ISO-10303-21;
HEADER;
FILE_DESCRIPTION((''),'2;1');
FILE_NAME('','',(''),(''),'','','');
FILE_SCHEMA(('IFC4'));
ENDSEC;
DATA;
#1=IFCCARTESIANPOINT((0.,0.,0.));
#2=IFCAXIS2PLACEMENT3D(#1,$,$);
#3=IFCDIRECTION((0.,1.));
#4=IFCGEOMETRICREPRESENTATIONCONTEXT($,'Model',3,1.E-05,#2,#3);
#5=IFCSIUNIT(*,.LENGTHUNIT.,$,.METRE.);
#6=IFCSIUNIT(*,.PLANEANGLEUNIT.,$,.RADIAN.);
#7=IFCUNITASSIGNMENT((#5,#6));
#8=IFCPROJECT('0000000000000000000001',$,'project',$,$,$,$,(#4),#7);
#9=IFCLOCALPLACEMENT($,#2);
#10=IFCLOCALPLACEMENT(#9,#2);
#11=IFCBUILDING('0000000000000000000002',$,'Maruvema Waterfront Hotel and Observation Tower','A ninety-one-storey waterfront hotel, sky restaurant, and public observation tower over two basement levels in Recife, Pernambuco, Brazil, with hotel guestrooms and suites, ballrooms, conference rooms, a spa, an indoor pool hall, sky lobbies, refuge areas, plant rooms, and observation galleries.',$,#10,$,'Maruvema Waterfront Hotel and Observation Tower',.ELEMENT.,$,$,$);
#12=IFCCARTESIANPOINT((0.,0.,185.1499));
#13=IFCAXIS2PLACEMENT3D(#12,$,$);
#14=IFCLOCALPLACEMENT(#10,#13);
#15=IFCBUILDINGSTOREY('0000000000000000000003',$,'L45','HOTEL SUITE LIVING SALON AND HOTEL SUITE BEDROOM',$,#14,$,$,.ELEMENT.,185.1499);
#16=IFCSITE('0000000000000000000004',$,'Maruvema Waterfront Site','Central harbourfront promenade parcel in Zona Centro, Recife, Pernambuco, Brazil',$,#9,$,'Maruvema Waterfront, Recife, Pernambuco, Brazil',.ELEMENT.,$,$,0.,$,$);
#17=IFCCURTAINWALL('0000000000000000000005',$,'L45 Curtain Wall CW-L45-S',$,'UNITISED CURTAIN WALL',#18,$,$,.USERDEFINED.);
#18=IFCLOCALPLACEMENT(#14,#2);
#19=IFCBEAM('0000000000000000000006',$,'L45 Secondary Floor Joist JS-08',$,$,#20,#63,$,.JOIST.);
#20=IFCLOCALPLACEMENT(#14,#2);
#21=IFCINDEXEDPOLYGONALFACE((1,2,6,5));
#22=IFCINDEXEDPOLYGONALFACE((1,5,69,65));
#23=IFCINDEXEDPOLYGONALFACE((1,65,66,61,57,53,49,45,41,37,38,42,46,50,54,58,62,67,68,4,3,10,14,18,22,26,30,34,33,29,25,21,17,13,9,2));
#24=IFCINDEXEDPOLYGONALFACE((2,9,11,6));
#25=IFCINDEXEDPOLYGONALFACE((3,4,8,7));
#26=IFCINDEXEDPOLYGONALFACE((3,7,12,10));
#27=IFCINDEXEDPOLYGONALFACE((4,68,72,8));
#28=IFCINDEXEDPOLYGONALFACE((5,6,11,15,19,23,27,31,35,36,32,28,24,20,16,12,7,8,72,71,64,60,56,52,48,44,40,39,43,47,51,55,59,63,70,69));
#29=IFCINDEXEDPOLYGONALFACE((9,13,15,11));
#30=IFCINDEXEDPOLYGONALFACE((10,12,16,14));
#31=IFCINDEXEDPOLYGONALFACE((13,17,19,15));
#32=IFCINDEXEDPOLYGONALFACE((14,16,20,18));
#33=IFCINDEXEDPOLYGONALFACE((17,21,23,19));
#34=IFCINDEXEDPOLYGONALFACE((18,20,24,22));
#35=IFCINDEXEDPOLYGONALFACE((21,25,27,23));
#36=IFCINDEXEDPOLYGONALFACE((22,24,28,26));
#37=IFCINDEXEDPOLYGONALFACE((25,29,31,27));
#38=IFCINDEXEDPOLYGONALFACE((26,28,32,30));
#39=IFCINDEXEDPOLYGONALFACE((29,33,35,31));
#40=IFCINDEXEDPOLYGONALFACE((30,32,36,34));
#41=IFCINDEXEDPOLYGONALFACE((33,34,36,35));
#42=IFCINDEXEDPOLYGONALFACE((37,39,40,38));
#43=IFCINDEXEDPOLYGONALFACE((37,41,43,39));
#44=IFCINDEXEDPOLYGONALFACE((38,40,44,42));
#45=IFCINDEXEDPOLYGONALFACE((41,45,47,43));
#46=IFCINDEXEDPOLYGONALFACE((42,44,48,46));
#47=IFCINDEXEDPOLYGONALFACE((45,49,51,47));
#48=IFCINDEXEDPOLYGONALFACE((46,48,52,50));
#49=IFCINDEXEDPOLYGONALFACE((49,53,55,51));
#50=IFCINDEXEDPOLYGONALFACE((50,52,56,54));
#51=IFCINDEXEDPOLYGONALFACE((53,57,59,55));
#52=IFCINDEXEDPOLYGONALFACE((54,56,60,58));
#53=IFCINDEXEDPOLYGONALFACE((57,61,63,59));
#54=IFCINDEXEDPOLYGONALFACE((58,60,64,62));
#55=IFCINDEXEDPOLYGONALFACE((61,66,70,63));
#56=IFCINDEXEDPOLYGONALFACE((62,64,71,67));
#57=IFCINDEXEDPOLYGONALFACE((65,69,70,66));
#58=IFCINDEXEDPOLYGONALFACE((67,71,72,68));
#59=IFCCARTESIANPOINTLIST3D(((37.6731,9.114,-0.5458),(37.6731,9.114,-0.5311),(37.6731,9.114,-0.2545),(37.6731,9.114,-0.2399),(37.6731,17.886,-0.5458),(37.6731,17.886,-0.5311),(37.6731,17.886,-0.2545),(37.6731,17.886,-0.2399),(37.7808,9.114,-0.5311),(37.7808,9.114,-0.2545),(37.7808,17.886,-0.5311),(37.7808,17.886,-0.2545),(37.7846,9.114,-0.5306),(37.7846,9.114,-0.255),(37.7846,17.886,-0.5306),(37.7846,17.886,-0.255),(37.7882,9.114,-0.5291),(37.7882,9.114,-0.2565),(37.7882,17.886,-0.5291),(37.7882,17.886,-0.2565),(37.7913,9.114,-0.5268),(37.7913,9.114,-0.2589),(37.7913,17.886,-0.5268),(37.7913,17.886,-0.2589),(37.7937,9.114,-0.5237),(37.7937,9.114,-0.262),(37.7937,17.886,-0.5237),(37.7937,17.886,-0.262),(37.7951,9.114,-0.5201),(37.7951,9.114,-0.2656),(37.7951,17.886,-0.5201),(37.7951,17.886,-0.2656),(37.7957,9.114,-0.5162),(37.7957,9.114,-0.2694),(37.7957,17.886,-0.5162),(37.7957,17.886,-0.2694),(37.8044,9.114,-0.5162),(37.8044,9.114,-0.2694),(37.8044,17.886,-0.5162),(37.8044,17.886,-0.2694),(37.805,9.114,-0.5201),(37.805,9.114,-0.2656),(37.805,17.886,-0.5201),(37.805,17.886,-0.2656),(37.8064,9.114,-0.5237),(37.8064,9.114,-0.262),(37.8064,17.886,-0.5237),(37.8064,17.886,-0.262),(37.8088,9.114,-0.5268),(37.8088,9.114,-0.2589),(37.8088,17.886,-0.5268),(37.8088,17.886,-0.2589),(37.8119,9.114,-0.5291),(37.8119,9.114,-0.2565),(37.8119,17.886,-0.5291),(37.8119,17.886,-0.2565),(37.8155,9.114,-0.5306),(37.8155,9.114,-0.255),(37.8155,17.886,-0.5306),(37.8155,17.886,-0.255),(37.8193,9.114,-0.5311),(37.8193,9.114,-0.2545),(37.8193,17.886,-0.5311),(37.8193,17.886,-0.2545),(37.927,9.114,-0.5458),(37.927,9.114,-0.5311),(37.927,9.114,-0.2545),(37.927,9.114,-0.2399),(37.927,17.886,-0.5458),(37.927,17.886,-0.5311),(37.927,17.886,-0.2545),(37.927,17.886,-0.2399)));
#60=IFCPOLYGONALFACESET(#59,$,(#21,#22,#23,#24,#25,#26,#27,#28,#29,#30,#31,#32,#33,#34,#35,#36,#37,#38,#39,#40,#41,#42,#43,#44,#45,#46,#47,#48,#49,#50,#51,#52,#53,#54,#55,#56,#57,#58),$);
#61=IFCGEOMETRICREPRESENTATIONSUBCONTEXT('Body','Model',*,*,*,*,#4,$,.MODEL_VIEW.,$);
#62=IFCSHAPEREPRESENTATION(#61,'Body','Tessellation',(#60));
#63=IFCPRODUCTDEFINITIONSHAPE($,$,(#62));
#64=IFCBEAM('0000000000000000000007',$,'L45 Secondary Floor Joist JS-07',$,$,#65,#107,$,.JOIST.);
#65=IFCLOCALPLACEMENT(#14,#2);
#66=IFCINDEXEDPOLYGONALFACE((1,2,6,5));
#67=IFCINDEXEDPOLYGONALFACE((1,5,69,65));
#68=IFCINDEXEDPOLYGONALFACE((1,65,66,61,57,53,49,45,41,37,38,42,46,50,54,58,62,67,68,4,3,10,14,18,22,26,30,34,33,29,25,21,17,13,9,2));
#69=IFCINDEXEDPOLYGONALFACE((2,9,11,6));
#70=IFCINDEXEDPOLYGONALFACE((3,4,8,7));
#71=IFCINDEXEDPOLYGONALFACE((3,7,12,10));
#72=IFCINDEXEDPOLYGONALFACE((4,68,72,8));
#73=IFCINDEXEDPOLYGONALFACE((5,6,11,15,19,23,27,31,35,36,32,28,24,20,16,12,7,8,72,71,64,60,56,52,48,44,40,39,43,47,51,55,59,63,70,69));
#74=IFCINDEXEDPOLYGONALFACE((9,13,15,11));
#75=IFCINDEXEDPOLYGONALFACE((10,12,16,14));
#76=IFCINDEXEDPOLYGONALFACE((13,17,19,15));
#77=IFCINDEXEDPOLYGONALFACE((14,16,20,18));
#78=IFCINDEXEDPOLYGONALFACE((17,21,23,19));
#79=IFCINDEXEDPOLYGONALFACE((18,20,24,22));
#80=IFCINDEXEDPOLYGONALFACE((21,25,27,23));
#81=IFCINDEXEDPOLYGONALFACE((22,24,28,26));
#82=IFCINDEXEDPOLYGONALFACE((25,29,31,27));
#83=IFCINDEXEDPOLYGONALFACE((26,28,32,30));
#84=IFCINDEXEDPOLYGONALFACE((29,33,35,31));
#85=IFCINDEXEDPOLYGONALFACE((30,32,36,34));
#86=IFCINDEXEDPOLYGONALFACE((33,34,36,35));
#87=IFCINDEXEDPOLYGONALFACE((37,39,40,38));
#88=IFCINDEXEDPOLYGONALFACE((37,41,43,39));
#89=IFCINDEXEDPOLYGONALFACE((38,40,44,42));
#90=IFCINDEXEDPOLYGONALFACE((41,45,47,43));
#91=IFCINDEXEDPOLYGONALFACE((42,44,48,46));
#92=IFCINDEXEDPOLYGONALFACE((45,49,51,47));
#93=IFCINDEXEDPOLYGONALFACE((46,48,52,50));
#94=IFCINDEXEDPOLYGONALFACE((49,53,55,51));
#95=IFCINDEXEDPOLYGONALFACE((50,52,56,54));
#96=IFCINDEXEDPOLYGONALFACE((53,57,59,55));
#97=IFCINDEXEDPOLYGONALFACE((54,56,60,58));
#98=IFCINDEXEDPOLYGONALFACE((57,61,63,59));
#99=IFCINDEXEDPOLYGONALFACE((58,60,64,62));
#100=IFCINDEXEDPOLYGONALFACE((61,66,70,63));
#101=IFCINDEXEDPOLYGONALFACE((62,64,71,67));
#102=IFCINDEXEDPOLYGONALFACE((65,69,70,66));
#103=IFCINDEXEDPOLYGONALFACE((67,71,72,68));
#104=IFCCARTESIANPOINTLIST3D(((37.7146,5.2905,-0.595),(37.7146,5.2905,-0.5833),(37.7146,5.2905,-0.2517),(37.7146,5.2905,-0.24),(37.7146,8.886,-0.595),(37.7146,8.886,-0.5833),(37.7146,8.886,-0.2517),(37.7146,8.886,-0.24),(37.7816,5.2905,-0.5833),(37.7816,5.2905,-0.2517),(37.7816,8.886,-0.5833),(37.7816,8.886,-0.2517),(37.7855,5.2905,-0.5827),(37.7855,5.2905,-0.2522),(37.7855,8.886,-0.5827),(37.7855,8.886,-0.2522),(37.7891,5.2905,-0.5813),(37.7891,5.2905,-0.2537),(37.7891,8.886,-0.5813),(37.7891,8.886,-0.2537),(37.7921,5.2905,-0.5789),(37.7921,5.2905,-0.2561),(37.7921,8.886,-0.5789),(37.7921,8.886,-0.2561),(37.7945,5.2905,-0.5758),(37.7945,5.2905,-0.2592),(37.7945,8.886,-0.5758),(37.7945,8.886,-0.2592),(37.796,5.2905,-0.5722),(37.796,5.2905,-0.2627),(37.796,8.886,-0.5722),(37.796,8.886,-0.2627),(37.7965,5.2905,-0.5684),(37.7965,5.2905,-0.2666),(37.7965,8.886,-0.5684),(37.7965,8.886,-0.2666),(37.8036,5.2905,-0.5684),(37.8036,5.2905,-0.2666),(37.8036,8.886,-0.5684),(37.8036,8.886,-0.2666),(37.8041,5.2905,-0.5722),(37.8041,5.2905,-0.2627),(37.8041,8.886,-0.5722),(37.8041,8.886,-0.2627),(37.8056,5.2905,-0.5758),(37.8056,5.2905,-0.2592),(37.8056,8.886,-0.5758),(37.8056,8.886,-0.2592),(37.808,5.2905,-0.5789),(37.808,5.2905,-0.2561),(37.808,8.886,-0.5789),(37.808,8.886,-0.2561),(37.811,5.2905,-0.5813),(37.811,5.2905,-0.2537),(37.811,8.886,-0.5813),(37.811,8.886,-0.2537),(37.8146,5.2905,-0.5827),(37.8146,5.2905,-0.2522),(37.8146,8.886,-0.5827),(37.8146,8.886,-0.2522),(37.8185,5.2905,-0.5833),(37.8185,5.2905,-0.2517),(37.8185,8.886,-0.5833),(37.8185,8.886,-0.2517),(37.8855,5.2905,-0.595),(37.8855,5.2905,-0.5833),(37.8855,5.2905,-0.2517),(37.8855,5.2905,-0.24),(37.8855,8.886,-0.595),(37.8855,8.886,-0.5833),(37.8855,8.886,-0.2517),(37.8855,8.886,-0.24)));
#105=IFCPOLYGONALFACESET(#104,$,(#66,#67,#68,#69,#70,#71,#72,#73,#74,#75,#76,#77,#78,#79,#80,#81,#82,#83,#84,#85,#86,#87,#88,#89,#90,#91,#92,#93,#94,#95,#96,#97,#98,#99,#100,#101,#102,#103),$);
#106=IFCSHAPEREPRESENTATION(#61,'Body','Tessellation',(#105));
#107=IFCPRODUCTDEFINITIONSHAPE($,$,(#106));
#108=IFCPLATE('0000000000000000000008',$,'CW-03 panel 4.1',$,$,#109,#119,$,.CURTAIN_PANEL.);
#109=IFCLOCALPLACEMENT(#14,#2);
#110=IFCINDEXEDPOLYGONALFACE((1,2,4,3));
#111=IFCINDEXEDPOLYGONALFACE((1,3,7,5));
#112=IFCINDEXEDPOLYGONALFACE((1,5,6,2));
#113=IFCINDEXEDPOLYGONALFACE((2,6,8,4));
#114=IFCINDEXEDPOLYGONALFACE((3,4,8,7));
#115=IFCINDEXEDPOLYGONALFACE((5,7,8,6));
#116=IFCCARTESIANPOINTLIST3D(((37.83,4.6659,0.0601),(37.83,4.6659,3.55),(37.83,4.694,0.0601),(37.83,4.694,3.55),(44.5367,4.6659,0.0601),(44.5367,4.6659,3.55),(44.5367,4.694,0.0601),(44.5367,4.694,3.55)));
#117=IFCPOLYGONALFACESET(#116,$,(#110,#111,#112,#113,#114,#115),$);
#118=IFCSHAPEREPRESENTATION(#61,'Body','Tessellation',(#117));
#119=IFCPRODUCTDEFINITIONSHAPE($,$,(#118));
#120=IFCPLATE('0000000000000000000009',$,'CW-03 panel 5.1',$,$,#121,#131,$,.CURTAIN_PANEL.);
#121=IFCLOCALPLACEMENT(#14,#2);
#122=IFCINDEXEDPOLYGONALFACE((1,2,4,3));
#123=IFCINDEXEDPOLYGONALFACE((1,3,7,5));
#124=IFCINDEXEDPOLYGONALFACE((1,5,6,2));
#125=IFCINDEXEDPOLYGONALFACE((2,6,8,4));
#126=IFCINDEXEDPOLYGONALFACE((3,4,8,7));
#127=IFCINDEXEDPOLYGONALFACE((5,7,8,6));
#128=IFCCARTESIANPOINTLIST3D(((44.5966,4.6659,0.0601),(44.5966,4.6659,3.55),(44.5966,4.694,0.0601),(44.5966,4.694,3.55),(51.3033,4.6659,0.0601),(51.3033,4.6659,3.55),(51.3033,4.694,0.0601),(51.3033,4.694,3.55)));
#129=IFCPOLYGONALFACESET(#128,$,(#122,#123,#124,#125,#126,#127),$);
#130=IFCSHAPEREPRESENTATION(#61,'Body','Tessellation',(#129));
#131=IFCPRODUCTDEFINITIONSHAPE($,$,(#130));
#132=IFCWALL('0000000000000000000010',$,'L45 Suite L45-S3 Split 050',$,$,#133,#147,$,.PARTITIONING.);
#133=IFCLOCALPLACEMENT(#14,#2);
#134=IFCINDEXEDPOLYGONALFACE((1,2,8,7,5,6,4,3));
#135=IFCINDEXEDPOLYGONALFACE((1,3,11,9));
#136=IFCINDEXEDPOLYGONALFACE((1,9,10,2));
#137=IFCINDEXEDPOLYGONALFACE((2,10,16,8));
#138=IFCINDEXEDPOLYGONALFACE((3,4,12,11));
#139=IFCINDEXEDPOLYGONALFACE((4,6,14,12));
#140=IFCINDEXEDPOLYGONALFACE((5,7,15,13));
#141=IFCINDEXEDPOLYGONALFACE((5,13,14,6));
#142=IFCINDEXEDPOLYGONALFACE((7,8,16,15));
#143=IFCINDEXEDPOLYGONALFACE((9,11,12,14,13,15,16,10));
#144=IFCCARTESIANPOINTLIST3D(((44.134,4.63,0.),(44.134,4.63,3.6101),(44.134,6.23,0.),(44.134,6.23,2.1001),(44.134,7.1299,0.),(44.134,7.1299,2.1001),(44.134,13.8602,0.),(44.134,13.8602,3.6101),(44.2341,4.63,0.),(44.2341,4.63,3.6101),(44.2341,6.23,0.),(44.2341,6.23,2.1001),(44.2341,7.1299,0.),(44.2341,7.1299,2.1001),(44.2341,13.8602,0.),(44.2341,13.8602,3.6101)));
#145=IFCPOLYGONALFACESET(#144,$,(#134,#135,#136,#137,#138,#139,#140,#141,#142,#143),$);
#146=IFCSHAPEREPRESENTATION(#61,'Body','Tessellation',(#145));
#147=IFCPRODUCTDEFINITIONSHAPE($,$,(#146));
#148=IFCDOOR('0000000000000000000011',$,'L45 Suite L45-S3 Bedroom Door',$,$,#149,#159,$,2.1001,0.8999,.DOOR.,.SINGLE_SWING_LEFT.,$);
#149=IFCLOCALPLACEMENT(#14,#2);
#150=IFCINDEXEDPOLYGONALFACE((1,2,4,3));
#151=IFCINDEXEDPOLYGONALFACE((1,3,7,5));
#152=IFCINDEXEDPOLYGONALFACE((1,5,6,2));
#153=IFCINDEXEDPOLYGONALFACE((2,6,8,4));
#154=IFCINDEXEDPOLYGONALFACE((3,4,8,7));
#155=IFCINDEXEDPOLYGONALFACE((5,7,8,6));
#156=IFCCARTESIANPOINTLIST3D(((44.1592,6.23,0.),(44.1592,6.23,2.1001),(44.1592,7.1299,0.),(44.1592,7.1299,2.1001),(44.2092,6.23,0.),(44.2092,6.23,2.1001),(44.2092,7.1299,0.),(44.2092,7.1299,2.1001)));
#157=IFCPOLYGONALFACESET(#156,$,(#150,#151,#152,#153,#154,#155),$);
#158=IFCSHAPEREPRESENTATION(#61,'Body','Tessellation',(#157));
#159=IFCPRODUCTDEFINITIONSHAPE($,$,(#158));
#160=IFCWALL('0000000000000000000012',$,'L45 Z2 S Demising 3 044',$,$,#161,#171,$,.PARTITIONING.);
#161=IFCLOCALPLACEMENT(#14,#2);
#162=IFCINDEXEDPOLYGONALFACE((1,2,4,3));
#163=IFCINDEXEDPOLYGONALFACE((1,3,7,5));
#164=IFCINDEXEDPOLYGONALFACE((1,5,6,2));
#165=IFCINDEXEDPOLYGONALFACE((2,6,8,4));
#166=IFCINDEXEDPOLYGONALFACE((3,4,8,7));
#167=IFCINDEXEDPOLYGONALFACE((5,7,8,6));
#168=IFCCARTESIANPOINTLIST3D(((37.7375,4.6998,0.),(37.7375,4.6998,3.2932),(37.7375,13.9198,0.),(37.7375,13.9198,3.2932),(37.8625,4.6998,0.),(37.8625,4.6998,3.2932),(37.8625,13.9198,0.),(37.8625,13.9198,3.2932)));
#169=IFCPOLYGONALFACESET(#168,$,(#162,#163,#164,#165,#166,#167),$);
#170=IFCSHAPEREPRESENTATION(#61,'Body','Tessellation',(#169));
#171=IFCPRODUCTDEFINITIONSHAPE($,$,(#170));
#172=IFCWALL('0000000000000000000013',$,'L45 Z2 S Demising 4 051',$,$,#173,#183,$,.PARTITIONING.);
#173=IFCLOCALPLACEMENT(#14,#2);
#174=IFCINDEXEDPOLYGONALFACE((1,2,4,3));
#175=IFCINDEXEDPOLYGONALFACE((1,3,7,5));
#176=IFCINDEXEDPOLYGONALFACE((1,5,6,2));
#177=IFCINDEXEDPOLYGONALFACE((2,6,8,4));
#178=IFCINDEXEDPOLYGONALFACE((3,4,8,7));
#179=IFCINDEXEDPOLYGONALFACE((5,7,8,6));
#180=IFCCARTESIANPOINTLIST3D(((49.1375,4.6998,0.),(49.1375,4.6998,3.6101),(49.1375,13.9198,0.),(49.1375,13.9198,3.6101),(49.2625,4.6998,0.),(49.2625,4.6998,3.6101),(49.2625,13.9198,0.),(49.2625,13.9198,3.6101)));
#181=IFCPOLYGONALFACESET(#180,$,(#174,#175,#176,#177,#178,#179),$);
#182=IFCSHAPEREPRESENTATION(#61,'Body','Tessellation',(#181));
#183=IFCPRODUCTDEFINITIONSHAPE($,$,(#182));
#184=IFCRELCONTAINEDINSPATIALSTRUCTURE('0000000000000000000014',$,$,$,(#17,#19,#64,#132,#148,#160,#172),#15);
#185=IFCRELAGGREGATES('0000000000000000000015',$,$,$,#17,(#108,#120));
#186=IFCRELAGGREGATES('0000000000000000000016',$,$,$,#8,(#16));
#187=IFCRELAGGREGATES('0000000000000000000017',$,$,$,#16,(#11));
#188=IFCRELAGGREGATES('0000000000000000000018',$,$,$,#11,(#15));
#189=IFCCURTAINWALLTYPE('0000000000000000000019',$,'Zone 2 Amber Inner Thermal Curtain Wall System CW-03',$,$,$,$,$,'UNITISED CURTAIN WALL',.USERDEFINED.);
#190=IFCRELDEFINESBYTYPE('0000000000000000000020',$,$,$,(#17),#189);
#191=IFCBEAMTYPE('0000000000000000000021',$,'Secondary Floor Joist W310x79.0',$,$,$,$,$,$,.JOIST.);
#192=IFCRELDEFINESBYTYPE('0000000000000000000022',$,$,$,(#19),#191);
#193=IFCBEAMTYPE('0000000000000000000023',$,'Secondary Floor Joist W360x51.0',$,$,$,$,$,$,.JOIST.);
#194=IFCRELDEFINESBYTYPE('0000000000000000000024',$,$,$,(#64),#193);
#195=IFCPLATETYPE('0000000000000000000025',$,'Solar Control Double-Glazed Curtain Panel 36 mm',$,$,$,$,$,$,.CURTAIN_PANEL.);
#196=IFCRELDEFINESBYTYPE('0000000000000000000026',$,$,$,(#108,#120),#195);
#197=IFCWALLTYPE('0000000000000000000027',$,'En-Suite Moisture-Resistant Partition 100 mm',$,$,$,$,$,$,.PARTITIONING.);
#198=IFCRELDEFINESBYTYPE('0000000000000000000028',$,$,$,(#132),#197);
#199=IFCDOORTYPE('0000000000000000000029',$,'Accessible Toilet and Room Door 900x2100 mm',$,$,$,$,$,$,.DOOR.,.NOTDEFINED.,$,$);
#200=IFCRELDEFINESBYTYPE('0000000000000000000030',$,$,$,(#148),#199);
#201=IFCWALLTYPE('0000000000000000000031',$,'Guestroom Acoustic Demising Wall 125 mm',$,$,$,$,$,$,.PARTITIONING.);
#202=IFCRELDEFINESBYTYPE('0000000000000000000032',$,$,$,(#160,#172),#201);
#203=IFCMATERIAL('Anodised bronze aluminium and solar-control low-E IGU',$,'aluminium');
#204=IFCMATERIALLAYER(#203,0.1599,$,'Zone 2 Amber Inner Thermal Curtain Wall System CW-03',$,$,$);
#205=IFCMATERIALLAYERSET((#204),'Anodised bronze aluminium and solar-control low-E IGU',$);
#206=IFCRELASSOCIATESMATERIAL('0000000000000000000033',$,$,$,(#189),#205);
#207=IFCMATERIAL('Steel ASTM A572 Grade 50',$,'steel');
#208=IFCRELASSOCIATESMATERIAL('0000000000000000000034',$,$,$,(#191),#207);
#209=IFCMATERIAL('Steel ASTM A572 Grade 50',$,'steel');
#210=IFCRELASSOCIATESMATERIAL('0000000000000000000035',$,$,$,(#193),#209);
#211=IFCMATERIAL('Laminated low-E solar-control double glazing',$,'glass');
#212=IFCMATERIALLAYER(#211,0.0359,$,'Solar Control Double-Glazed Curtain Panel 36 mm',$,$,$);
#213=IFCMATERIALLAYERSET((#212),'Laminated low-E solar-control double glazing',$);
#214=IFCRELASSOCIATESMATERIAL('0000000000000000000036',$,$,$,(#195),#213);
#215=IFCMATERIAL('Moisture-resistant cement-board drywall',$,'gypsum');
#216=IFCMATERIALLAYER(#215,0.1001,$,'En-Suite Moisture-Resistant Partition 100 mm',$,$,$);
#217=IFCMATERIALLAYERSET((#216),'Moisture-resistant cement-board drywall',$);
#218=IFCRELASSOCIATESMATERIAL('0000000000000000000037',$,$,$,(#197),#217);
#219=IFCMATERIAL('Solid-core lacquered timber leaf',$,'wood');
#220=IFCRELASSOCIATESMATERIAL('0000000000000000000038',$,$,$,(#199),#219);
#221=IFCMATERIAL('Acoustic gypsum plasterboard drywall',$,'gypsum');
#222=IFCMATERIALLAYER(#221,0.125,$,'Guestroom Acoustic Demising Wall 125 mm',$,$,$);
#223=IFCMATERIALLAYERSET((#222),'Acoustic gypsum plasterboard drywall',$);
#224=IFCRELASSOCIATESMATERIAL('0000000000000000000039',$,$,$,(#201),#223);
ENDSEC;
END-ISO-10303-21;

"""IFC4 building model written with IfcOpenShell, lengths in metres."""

from ifc_helpers import new_model, si_unit, direction, frame, frame_2d, origin, origin_2d, place, context, subcontext, project, spatial, rectangle, i_section, extrude, material, layer, layer_set, material_profile, profile_set, type_object, element, fill, aggregate, save


model = new_model("IFC4")

# Units and contexts
model_context = context("Model", 3, precision=1e-05, world=origin(), true_north=direction((0.0, 1.0)))
body_context = subcontext(model_context, "Body", "Model", "MODEL_VIEW")
ifc_project = project(units=[si_unit("LENGTHUNIT", "METRE"), si_unit("PLANEANGLEUNIT", "RADIAN")], contexts=[model_context])

# Site, building, storey
site_placement = place(None, origin())
site = spatial("IfcSite", under=ifc_project, at=site_placement, Name="Maruvema Waterfront Site", Description="Central harbourfront promenade parcel in Zona Centro, Recife, Pernambuco, Brazil", LongName="Maruvema Waterfront, Recife, Pernambuco, Brazil", CompositionType="ELEMENT", RefElevation=0.0)
building_placement = place(site_placement, origin())
building = spatial("IfcBuilding", under=site, at=building_placement, Name="Maruvema Waterfront Hotel and Observation Tower", Description="A ninety-one-storey waterfront hotel, sky restaurant, and public observation tower over two basement levels in Recife, Pernambuco, Brazil, with hotel guestrooms and suites, ballrooms, conference rooms, a spa, an indoor pool hall, sky lobbies, refuge areas, plant rooms, and observation galleries.", LongName="Maruvema Waterfront Hotel and Observation Tower", CompositionType="ELEMENT")
storey_placement = place(building_placement, frame((0.0, 0.0, 185.1499)))
storey = spatial("IfcBuildingStorey", under=building, at=storey_placement, Name="L45", Description="HOTEL SUITE LIVING SALON AND HOTEL SUITE BEDROOM", CompositionType="ELEMENT", Elevation=185.1499)

# Curtain wall
ifc_material_1 = material(Name="Anodised bronze aluminium and solar-control low-E IGU", Category="aluminium")
ifc_layer_1 = layer(ifc_material_1, 0.1599, Name="Zone 2 Amber Inner Thermal Curtain Wall System CW-03")
ifc_layer_set_1 = layer_set([ifc_layer_1], Name="Anodised bronze aluminium and solar-control low-E IGU")
curtain_wall_type = type_object("IfcCurtainWallType", Name="Zone 2 Amber Inner Thermal Curtain Wall System CW-03", ElementType="UNITISED CURTAIN WALL", PredefinedType="USERDEFINED", material=ifc_layer_set_1)
curtain_wall_placement = place(storey_placement, origin())
curtain_wall = element("IfcCurtainWall", 1, at=curtain_wall_placement, inside=storey, type_object=curtain_wall_type, Name="L45 Curtain Wall CW-L45-S", ObjectType="UNITISED CURTAIN WALL", PredefinedType="USERDEFINED")

# Beams
ifc_material_2 = material(Name="Steel ASTM A572 Grade 50", Category="steel")
ifc_material_profile_1 = material_profile(ifc_material_2, i_section(OverallWidth=0.2539, OverallDepth=0.3059, WebThickness=0.0088, FlangeThickness=0.0146, FilletRadius=0.0149, at=origin_2d()), Name="W310x79.0")
ifc_profile_set_1 = profile_set([ifc_material_profile_1], Name="Steel ASTM A572 Grade 50")
beam_type_1 = type_object("IfcBeamType", Name="Secondary Floor Joist W310x79.0", PredefinedType="JOIST", material=ifc_profile_set_1)
beam_1_placement = place(storey_placement, frame((37.8, 9.114, -0.3928), z_axis=(0.0, 1.0, 0.0), x_axis=(-1.0, 0.0, 0.0)))
element("IfcBeam", 2, at=beam_1_placement, inside=storey, type_object=beam_type_1, Name="L45 Secondary Floor Joist JS-08", PredefinedType="JOIST", context=body_context, shape_type="SweptSolid", body=[
    extrude(i_section(OverallWidth=0.2539, OverallDepth=0.3059, WebThickness=0.0088, FlangeThickness=0.0146, FilletRadius=0.0149, at=origin_2d()), origin(), (0.0, 0.0, 1.0), 8.772),
])
ifc_material_3 = material(Name="Steel ASTM A572 Grade 50", Category="steel")
ifc_material_profile_2 = material_profile(ifc_material_3, i_section(OverallWidth=0.1709, OverallDepth=0.355, WebThickness=0.0071, FlangeThickness=0.0117, FilletRadius=0.0149, at=origin_2d()), Name="W360x51.0")
ifc_profile_set_2 = profile_set([ifc_material_profile_2], Name="Steel ASTM A572 Grade 50")
beam_type_2 = type_object("IfcBeamType", Name="Secondary Floor Joist W360x51.0", PredefinedType="JOIST", material=ifc_profile_set_2)
beam_2_placement = place(storey_placement, frame((37.8, 5.2905, -0.4175), z_axis=(0.0, 1.0, 0.0), x_axis=(-1.0, 0.0, 0.0)))
element("IfcBeam", 3, at=beam_2_placement, inside=storey, type_object=beam_type_2, Name="L45 Secondary Floor Joist JS-07", PredefinedType="JOIST", context=body_context, shape_type="SweptSolid", body=[
    extrude(i_section(OverallWidth=0.1709, OverallDepth=0.355, WebThickness=0.0071, FlangeThickness=0.0117, FilletRadius=0.0149, at=origin_2d()), origin(), (0.0, 0.0, 1.0), 3.5955),
])

# Plates
ifc_material_4 = material(Name="Laminated low-E solar-control double glazing", Category="glass")
ifc_layer_2 = layer(ifc_material_4, 0.0359, Name="Solar Control Double-Glazed Curtain Panel 36 mm")
ifc_layer_set_2 = layer_set([ifc_layer_2], Name="Laminated low-E solar-control double glazing")
plate_type = type_object("IfcPlateType", Name="Solar Control Double-Glazed Curtain Panel 36 mm", PredefinedType="CURTAIN_PANEL", material=ifc_layer_set_2)
plate_1_placement = place(storey_placement, frame((41.1833, 4.6799, 0.0601), z_axis=(0.0, 0.0, 1.0), x_axis=(1.0, 0.0, 0.0)))
plate_1 = element("IfcPlate", 4, at=plate_1_placement, type_object=plate_type, Name="CW-03 panel 4.1", PredefinedType="CURTAIN_PANEL", context=body_context, shape_type="SweptSolid", body=[
    extrude(rectangle(XDim=6.7068, YDim=0.0281, at=origin_2d()), origin(), (0.0, 0.0, 1.0), 3.49),
])
plate_2_placement = place(storey_placement, frame((47.95, 4.6799, 0.0601), z_axis=(0.0, 0.0, 1.0), x_axis=(1.0, 0.0, 0.0)))
plate_2 = element("IfcPlate", 5, at=plate_2_placement, type_object=plate_type, Name="CW-03 panel 5.1", PredefinedType="CURTAIN_PANEL", context=body_context, shape_type="SweptSolid", body=[
    extrude(rectangle(XDim=6.7068, YDim=0.0281, at=origin_2d()), origin(), (0.0, 0.0, 1.0), 3.49),
])
aggregate(curtain_wall, [plate_1, plate_2])

# Wall, opening, door
ifc_material_5 = material(Name="Moisture-resistant cement-board drywall", Category="gypsum")
ifc_layer_3 = layer(ifc_material_5, 0.1001, Name="En-Suite Moisture-Resistant Partition 100 mm")
ifc_layer_set_3 = layer_set([ifc_layer_3], Name="Moisture-resistant cement-board drywall")
wall_type_1 = type_object("IfcWallType", Name="En-Suite Moisture-Resistant Partition 100 mm", PredefinedType="PARTITIONING", material=ifc_layer_set_3)
wall_1_placement = place(storey_placement, frame((44.1841, 4.6299, 0.0), z_axis=(0.0, 0.0, 1.0), x_axis=(0.0, 1.0, 0.0)))
wall_1 = element("IfcWall", 6, at=wall_1_placement, inside=storey, type_object=wall_type_1, Name="L45 Suite L45-S3 Split 050", PredefinedType="PARTITIONING", context=body_context, shape_type="SweptSolid", body=[
    extrude(rectangle(XDim=9.2302, YDim=0.1001, at=frame_2d((4.6152, 0.0))), origin(), (0.0, 0.0, 1.0), 3.6101),
])
opening_placement = place(wall_1_placement, frame((1.6001, 0.0, 0.0)))
opening = element("IfcOpeningElement", 7, at=opening_placement, cuts=wall_1, PredefinedType="OPENING", context=body_context, shape_type="SweptSolid", body=[
    extrude(rectangle(XDim=0.8999, YDim=2.1001, at=frame_2d((0.45, 1.05))), frame((0.0, 0.0601, 0.0), z_axis=(0.0, -1.0, 0.0), x_axis=(1.0, 0.0, 0.0)), (0.0, 0.0, 1.0), 0.1201),
])
ifc_material_6 = material(Name="Solid-core lacquered timber leaf", Category="wood")
door_type = type_object("IfcDoorType", Name="Accessible Toilet and Room Door 900x2100 mm", OperationType="NOTDEFINED", PredefinedType="DOOR", material=ifc_material_6)
door_placement = place(opening_placement, origin())
door = element("IfcDoor", 8, at=door_placement, inside=storey, type_object=door_type, Name="L45 Suite L45-S3 Bedroom Door", OperationType="SINGLE_SWING_LEFT", OverallHeight=2.1001, OverallWidth=0.8999, PredefinedType="DOOR", context=body_context, shape_type="SweptSolid", body=[
    extrude(rectangle(XDim=0.8999, YDim=2.1001, at=frame_2d((0.45, 1.05))), frame((0.0, 0.0249, 0.0), z_axis=(0.0, -1.0, 0.0), x_axis=(1.0, 0.0, 0.0)), (0.0, 0.0, 1.0), 0.05),
])
fill(opening, door)

# Walls
ifc_material_7 = material(Name="Acoustic gypsum plasterboard drywall", Category="gypsum")
ifc_layer_4 = layer(ifc_material_7, 0.125, Name="Guestroom Acoustic Demising Wall 125 mm")
ifc_layer_set_4 = layer_set([ifc_layer_4], Name="Acoustic gypsum plasterboard drywall")
wall_type_2 = type_object("IfcWallType", Name="Guestroom Acoustic Demising Wall 125 mm", PredefinedType="PARTITIONING", material=ifc_layer_set_4)
wall_2_placement = place(storey_placement, frame((37.8, 4.7, 0.0), z_axis=(0.0, 0.0, 1.0), x_axis=(0.0, 1.0, 0.0)))
element("IfcWall", 9, at=wall_2_placement, inside=storey, type_object=wall_type_2, Name="L45 Z2 S Demising 3 044", PredefinedType="PARTITIONING", context=body_context, shape_type="SweptSolid", body=[
    extrude(rectangle(XDim=9.22, YDim=0.125, at=frame_2d((4.6099, 0.0))), origin(), (0.0, 0.0, 1.0), 3.2932),
])
wall_3_placement = place(storey_placement, frame((49.2, 4.7, 0.0), z_axis=(0.0, 0.0, 1.0), x_axis=(0.0, 1.0, 0.0)))
element("IfcWall", 10, at=wall_3_placement, inside=storey, type_object=wall_type_2, Name="L45 Z2 S Demising 4 051", PredefinedType="PARTITIONING", context=body_context, shape_type="SweptSolid", body=[
    extrude(rectangle(XDim=9.22, YDim=0.125, at=frame_2d((4.6099, 0.0))), origin(), (0.0, 0.0, 1.0), 3.6101),
])

save(model, "model.ifc")
